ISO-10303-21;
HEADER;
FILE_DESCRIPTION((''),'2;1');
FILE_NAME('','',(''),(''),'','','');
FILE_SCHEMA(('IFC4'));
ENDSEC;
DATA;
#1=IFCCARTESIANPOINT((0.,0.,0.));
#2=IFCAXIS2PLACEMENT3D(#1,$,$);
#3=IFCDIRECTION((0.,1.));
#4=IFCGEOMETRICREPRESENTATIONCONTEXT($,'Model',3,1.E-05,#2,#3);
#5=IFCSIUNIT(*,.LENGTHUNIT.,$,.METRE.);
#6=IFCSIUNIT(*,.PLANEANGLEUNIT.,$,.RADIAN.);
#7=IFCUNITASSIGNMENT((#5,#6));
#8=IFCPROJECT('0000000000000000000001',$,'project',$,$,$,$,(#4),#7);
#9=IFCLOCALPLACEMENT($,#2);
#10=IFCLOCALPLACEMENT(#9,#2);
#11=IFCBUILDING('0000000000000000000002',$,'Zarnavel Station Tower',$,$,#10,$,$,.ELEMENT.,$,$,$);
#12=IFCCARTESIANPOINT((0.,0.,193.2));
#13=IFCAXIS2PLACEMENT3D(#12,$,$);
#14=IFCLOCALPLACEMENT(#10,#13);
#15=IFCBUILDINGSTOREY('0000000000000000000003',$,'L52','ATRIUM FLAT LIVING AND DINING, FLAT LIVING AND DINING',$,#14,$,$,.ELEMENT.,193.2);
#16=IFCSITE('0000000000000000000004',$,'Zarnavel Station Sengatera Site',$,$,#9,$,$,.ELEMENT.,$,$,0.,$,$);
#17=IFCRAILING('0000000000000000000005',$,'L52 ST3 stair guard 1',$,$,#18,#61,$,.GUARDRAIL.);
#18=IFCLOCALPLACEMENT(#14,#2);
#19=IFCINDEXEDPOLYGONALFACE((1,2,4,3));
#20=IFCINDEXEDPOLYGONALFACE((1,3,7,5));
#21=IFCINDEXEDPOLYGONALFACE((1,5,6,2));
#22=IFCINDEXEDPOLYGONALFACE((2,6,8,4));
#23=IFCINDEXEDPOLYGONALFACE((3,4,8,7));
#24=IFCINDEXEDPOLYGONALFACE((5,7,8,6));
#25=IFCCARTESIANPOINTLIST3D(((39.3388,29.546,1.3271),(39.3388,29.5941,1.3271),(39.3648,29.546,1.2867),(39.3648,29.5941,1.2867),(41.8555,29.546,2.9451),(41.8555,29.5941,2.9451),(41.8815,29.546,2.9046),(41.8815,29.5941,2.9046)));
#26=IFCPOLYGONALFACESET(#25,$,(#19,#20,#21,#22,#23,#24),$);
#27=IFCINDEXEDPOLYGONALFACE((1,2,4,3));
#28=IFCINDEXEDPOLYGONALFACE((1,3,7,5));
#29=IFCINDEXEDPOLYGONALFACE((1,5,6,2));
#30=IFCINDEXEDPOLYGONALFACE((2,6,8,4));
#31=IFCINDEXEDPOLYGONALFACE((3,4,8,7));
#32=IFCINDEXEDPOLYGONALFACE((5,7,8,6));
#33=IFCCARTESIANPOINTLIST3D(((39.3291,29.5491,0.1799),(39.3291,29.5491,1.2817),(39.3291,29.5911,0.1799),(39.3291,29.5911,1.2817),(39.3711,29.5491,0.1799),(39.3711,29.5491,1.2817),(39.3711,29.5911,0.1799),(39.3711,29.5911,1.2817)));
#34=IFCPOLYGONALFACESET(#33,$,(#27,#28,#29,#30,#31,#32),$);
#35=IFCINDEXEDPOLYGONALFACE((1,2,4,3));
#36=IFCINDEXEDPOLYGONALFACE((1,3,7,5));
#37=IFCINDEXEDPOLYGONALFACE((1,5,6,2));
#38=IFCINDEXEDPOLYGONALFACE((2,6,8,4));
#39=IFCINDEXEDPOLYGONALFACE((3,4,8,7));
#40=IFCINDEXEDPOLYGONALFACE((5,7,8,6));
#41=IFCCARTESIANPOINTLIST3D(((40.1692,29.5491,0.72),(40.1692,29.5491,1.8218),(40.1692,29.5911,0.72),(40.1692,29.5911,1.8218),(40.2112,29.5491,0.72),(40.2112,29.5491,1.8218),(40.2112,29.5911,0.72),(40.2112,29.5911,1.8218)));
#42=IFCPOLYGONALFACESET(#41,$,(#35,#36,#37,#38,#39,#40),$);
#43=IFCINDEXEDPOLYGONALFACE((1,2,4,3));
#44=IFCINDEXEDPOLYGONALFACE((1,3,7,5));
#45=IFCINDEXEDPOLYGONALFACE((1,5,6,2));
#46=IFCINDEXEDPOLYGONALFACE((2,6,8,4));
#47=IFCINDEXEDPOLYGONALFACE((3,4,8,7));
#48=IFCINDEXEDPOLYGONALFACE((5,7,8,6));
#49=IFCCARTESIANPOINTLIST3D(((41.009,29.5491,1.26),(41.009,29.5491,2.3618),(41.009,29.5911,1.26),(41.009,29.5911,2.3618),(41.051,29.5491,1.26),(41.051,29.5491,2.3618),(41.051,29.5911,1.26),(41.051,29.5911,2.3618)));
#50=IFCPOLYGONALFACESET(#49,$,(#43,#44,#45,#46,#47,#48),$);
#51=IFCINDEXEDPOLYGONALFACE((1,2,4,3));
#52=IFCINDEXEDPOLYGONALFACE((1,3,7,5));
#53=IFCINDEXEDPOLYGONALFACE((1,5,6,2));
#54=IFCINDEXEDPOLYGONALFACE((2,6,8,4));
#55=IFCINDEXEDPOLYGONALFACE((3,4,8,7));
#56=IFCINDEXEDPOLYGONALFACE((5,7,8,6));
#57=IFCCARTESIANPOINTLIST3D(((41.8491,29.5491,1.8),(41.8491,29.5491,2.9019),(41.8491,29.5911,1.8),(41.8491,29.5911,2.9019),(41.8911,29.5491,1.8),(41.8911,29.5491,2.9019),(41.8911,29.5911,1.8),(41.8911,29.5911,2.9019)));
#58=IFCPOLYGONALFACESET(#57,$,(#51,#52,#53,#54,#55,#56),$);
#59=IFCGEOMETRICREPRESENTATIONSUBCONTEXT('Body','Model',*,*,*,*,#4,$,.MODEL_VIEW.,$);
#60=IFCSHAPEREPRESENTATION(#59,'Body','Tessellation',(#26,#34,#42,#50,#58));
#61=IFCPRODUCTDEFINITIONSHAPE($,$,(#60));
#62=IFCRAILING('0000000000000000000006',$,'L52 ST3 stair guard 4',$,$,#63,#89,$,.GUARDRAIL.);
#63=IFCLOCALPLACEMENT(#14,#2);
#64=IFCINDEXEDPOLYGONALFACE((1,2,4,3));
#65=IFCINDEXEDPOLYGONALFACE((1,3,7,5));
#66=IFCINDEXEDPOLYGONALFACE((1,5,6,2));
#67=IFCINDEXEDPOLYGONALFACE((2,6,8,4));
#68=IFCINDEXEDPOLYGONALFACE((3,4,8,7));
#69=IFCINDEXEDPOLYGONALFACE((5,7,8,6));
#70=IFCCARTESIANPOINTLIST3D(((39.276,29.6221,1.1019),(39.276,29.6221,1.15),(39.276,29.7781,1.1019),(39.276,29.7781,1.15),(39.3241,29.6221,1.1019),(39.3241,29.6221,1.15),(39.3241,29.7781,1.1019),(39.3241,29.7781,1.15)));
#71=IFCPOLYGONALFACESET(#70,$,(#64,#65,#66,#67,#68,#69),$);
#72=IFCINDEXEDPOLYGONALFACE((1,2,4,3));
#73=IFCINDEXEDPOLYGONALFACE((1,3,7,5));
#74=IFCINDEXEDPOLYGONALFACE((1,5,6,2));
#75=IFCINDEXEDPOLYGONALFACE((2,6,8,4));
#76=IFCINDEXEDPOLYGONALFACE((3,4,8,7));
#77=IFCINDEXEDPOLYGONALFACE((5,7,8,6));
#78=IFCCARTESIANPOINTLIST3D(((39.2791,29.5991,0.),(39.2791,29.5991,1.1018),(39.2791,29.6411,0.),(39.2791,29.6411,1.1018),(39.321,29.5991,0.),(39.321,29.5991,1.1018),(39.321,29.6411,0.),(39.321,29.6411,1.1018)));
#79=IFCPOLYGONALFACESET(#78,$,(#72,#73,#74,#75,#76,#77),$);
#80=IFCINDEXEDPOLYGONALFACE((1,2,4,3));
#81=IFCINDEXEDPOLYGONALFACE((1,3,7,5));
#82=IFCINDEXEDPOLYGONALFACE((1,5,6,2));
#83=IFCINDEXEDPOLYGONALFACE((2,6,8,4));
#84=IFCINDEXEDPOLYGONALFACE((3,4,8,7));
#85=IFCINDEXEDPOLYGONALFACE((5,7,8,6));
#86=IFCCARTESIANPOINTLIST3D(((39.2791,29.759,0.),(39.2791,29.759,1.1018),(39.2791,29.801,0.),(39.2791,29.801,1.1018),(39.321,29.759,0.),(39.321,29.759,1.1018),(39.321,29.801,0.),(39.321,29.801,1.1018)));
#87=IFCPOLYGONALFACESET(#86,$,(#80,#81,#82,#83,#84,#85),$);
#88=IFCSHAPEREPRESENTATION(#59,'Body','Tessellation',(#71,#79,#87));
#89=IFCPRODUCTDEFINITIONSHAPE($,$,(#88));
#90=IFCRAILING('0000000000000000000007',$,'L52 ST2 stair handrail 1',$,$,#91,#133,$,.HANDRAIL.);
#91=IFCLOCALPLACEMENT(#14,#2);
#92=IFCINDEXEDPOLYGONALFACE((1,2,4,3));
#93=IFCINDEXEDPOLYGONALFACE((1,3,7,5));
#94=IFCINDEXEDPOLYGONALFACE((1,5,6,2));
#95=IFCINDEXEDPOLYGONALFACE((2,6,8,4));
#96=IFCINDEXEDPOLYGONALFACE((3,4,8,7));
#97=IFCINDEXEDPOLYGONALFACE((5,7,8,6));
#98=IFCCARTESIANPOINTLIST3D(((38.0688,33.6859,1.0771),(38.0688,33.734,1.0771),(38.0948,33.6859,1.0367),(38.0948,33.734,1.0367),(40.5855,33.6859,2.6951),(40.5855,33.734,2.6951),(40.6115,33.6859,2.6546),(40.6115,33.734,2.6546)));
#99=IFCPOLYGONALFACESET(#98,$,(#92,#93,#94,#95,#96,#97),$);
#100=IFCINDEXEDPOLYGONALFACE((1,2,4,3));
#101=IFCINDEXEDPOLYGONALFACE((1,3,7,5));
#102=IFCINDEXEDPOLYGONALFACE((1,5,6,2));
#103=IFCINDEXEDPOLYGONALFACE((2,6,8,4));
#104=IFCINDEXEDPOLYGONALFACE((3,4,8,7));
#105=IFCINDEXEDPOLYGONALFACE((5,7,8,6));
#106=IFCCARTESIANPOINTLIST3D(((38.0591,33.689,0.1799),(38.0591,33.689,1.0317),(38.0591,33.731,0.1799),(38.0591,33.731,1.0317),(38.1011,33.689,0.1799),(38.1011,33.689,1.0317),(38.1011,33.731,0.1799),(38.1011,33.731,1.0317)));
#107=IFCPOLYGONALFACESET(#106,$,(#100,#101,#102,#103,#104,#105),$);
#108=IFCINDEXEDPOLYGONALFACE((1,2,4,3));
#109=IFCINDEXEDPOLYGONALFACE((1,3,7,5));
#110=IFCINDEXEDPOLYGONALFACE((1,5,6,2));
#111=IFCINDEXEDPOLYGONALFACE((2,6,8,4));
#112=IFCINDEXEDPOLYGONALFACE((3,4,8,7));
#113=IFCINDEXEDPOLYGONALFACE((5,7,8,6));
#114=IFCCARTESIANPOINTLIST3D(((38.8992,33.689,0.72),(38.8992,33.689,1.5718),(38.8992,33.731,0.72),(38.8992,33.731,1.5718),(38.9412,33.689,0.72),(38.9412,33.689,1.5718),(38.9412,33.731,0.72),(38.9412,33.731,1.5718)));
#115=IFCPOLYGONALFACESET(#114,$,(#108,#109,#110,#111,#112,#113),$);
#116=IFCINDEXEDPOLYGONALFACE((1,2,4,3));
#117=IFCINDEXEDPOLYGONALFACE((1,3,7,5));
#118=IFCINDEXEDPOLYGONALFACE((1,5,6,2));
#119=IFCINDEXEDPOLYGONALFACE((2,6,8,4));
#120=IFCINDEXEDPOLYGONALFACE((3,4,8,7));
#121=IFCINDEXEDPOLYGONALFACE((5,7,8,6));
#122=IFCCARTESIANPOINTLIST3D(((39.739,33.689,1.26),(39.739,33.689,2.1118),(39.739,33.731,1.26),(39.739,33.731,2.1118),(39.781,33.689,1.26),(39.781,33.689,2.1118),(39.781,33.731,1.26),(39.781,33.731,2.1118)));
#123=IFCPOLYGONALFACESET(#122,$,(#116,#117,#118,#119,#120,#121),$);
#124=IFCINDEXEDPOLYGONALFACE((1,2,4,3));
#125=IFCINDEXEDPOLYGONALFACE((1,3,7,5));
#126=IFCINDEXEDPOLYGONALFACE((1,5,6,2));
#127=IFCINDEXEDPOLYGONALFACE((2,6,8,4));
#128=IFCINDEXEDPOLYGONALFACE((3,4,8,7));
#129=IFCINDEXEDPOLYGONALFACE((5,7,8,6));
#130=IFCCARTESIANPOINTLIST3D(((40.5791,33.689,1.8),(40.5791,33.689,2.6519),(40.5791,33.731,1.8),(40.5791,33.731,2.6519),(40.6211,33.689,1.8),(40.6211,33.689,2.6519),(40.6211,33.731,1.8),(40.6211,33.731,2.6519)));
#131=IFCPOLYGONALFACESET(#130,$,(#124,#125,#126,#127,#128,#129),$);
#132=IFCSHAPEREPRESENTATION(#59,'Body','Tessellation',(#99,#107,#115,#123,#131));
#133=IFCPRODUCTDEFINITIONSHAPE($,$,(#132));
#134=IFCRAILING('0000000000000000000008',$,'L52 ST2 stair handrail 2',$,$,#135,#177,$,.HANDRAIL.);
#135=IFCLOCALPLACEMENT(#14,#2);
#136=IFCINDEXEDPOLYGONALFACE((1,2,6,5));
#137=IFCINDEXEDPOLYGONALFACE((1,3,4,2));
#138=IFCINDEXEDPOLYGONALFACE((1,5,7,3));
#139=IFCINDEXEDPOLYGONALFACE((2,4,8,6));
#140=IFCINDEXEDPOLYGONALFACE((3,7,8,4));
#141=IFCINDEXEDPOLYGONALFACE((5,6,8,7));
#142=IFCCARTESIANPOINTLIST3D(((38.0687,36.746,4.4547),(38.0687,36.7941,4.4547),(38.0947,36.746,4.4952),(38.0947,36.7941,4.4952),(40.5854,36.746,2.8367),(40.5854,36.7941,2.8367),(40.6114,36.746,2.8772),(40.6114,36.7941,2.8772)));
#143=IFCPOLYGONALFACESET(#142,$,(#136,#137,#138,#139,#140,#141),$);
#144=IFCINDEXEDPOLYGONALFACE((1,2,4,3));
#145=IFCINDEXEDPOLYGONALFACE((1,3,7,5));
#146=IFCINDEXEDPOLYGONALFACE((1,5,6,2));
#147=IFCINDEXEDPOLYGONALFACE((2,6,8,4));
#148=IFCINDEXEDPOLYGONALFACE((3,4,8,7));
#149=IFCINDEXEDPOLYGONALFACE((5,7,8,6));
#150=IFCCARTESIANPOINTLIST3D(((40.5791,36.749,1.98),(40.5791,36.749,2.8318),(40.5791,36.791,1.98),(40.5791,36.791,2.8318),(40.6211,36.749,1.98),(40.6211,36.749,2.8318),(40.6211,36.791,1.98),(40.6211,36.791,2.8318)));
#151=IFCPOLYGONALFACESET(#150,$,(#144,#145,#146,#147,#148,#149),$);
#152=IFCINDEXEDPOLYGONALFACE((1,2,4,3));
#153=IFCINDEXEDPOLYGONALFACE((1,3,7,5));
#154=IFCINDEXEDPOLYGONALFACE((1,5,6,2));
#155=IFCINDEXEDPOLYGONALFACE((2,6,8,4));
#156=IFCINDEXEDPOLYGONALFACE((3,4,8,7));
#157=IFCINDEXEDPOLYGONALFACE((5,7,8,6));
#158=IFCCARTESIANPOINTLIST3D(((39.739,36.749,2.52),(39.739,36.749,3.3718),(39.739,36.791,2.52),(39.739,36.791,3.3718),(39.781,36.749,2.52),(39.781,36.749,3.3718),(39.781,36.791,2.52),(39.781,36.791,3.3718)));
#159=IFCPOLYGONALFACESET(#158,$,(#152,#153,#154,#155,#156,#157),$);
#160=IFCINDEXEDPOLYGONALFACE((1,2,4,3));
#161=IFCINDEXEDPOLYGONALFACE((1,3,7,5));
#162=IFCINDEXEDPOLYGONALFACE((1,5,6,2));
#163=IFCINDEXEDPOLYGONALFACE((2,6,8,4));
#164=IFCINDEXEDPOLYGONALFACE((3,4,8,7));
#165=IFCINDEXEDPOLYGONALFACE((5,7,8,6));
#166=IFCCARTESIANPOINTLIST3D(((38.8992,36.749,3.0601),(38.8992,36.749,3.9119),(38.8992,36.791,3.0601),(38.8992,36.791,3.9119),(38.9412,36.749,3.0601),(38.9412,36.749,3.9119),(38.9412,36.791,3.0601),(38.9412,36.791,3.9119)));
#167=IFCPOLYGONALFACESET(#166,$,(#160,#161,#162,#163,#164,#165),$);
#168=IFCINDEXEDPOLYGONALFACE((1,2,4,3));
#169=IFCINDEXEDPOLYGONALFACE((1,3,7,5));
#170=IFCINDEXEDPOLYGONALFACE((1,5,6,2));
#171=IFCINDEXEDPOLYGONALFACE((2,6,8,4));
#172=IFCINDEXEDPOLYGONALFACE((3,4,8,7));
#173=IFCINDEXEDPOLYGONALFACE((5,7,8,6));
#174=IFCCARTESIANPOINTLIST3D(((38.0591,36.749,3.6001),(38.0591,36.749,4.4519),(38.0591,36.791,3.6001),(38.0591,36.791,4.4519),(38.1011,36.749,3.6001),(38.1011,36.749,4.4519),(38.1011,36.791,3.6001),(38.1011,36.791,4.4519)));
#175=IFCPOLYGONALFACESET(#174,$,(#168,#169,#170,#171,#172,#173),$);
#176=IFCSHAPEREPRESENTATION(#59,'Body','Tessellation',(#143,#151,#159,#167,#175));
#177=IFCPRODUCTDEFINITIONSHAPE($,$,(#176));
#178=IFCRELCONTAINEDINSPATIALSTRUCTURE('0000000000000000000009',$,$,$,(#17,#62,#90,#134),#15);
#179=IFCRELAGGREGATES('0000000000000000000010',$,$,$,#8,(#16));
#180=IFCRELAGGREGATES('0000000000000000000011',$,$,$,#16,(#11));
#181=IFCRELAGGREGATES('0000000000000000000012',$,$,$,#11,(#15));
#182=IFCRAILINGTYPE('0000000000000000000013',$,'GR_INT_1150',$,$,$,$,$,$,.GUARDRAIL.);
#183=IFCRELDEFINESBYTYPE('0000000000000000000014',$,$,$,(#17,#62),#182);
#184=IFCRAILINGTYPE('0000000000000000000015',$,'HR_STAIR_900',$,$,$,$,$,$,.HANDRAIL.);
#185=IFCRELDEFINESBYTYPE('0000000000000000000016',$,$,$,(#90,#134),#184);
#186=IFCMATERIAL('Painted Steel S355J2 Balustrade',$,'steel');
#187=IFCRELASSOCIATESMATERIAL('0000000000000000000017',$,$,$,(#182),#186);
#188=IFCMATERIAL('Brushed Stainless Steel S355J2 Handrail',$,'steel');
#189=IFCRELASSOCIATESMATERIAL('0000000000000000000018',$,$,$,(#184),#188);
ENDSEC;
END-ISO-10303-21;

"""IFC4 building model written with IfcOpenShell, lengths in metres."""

from ifc_helpers import new_model, si_unit, direction, frame, origin, origin_2d, place, context, subcontext, project, spatial, rectangle, extrude, material, type_object, element, save


model = new_model("IFC4")

# Units and contexts
model_context = context("Model", 3, precision=1e-05, world=origin(), true_north=direction((0.0, 1.0)))
body_context = subcontext(model_context, "Body", "Model", "MODEL_VIEW")
ifc_project = project(units=[si_unit("LENGTHUNIT", "METRE"), si_unit("PLANEANGLEUNIT", "RADIAN")], contexts=[model_context])

# Site, building, storey
site_placement = place(None, origin())
site = spatial("IfcSite", under=ifc_project, at=site_placement, Name="Zarnavel Station Sengatera Site", CompositionType="ELEMENT", RefElevation=0.0)
building_placement = place(site_placement, origin())
building = spatial("IfcBuilding", under=site, at=building_placement, Name="Zarnavel Station Tower", CompositionType="ELEMENT")
storey_placement = place(building_placement, frame((0.0, 0.0, 193.2)))
storey = spatial("IfcBuildingStorey", under=building, at=storey_placement, Name="L52", Description="ATRIUM FLAT LIVING AND DINING, FLAT LIVING AND DINING", CompositionType="ELEMENT", Elevation=193.2)

# Railings
ifc_material_1 = material(Name="Painted Steel S355J2 Balustrade", Category="steel")
railing_type_1 = type_object("IfcRailingType", Name="GR_INT_1150", PredefinedType="GUARDRAIL", material=ifc_material_1)
railing_1_placement = place(storey_placement, frame((39.3501, 29.5701, 0.1799)))
element("IfcRailing", 1, at=railing_1_placement, inside=storey, type_object=railing_type_1, Name="L52 ST3 stair guard 1", PredefinedType="GUARDRAIL", context=body_context, shape_type="SweptSolid", body=[
    extrude(rectangle(XDim=0.0481, YDim=0.0481, at=origin_2d()), frame((0.0017, 0.0, 1.127), z_axis=(0.841163, 0.0, 0.540782), x_axis=(0.0, 1.0, 0.0)), (0.0, 0.0, 1.0), 2.9919),
    extrude(rectangle(XDim=0.042, YDim=0.042, at=origin_2d()), origin(), (0.0, 0.0, 1.0), 1.1018),
    extrude(rectangle(XDim=0.042, YDim=0.042, at=origin_2d()), frame((0.8401, 0.0, 0.54)), (0.0, 0.0, 1.0), 1.1018),
    extrude(rectangle(XDim=0.042, YDim=0.042, at=origin_2d()), frame((1.6799, 0.0, 1.0801)), (0.0, 0.0, 1.0), 1.1018),
    extrude(rectangle(XDim=0.042, YDim=0.042, at=origin_2d()), frame((2.52, 0.0, 1.6201)), (0.0, 0.0, 1.0), 1.1018),
])
railing_2_placement = place(storey_placement, frame((39.3, 29.6201, 0.0)))
element("IfcRailing", 2, at=railing_2_placement, inside=storey, type_object=railing_type_1, Name="L52 ST3 stair guard 4", PredefinedType="GUARDRAIL", context=body_context, shape_type="SweptSolid", body=[
    extrude(rectangle(XDim=0.0481, YDim=0.0481, at=origin_2d()), frame((0.0, 0.002, 1.126), z_axis=(0.0, 1.0, 0.0), x_axis=(-1.0, 0.0, 0.0)), (0.0, 0.0, 1.0), 0.156),
    extrude(rectangle(XDim=0.042, YDim=0.042, at=origin_2d()), origin(), (0.0, 0.0, 1.0), 1.1018),
    extrude(rectangle(XDim=0.042, YDim=0.042, at=origin_2d()), frame((0.0, 0.1599, 0.0)), (0.0, 0.0, 1.0), 1.1018),
])
ifc_material_2 = material(Name="Brushed Stainless Steel S355J2 Handrail", Category="steel")
railing_type_2 = type_object("IfcRailingType", Name="HR_STAIR_900", PredefinedType="HANDRAIL", material=ifc_material_2)
railing_3_placement = place(storey_placement, frame((38.0801, 33.71, 0.1799)))
element("IfcRailing", 3, at=railing_3_placement, inside=storey, type_object=railing_type_2, Name="L52 ST2 stair handrail 1", PredefinedType="HANDRAIL", context=body_context, shape_type="SweptSolid", body=[
    extrude(rectangle(XDim=0.0481, YDim=0.0481, at=origin_2d()), frame((0.0017, 0.0, 0.877), z_axis=(0.841163, 0.0, 0.540782), x_axis=(0.0, 1.0, 0.0)), (0.0, 0.0, 1.0), 2.9919),
    extrude(rectangle(XDim=0.042, YDim=0.042, at=origin_2d()), origin(), (0.0, 0.0, 1.0), 0.8518),
    extrude(rectangle(XDim=0.042, YDim=0.042, at=origin_2d()), frame((0.8401, 0.0, 0.54)), (0.0, 0.0, 1.0), 0.8518),
    extrude(rectangle(XDim=0.042, YDim=0.042, at=origin_2d()), frame((1.6799, 0.0, 1.0801)), (0.0, 0.0, 1.0), 0.8518),
    extrude(rectangle(XDim=0.042, YDim=0.042, at=origin_2d()), frame((2.52, 0.0, 1.6201)), (0.0, 0.0, 1.0), 0.8518),
])
railing_4_placement = place(storey_placement, frame((40.6001, 36.77, 1.98)))
element("IfcRailing", 4, at=railing_4_placement, inside=storey, type_object=railing_type_2, Name="L52 ST2 stair handrail 2", PredefinedType="HANDRAIL", context=body_context, shape_type="SweptSolid", body=[
    extrude(rectangle(XDim=0.0481, YDim=0.0481, at=origin_2d()), frame((-0.0017, 0.0, 0.877), z_axis=(-0.841163, 0.0, 0.540782), x_axis=(0.0, -1.0, 0.0)), (0.0, 0.0, 1.0), 2.9919),
    extrude(rectangle(XDim=0.042, YDim=0.042, at=origin_2d()), origin(), (0.0, 0.0, 1.0), 0.8518),
    extrude(rectangle(XDim=0.042, YDim=0.042, at=origin_2d()), frame((-0.8401, 0.0, 0.54)), (0.0, 0.0, 1.0), 0.8518),
    extrude(rectangle(XDim=0.042, YDim=0.042, at=origin_2d()), frame((-1.6799, 0.0, 1.0801)), (0.0, 0.0, 1.0), 0.8518),
    extrude(rectangle(XDim=0.042, YDim=0.042, at=origin_2d()), frame((-2.52, 0.0, 1.6201)), (0.0, 0.0, 1.0), 0.8518),
])

save(model, "model.ifc")
